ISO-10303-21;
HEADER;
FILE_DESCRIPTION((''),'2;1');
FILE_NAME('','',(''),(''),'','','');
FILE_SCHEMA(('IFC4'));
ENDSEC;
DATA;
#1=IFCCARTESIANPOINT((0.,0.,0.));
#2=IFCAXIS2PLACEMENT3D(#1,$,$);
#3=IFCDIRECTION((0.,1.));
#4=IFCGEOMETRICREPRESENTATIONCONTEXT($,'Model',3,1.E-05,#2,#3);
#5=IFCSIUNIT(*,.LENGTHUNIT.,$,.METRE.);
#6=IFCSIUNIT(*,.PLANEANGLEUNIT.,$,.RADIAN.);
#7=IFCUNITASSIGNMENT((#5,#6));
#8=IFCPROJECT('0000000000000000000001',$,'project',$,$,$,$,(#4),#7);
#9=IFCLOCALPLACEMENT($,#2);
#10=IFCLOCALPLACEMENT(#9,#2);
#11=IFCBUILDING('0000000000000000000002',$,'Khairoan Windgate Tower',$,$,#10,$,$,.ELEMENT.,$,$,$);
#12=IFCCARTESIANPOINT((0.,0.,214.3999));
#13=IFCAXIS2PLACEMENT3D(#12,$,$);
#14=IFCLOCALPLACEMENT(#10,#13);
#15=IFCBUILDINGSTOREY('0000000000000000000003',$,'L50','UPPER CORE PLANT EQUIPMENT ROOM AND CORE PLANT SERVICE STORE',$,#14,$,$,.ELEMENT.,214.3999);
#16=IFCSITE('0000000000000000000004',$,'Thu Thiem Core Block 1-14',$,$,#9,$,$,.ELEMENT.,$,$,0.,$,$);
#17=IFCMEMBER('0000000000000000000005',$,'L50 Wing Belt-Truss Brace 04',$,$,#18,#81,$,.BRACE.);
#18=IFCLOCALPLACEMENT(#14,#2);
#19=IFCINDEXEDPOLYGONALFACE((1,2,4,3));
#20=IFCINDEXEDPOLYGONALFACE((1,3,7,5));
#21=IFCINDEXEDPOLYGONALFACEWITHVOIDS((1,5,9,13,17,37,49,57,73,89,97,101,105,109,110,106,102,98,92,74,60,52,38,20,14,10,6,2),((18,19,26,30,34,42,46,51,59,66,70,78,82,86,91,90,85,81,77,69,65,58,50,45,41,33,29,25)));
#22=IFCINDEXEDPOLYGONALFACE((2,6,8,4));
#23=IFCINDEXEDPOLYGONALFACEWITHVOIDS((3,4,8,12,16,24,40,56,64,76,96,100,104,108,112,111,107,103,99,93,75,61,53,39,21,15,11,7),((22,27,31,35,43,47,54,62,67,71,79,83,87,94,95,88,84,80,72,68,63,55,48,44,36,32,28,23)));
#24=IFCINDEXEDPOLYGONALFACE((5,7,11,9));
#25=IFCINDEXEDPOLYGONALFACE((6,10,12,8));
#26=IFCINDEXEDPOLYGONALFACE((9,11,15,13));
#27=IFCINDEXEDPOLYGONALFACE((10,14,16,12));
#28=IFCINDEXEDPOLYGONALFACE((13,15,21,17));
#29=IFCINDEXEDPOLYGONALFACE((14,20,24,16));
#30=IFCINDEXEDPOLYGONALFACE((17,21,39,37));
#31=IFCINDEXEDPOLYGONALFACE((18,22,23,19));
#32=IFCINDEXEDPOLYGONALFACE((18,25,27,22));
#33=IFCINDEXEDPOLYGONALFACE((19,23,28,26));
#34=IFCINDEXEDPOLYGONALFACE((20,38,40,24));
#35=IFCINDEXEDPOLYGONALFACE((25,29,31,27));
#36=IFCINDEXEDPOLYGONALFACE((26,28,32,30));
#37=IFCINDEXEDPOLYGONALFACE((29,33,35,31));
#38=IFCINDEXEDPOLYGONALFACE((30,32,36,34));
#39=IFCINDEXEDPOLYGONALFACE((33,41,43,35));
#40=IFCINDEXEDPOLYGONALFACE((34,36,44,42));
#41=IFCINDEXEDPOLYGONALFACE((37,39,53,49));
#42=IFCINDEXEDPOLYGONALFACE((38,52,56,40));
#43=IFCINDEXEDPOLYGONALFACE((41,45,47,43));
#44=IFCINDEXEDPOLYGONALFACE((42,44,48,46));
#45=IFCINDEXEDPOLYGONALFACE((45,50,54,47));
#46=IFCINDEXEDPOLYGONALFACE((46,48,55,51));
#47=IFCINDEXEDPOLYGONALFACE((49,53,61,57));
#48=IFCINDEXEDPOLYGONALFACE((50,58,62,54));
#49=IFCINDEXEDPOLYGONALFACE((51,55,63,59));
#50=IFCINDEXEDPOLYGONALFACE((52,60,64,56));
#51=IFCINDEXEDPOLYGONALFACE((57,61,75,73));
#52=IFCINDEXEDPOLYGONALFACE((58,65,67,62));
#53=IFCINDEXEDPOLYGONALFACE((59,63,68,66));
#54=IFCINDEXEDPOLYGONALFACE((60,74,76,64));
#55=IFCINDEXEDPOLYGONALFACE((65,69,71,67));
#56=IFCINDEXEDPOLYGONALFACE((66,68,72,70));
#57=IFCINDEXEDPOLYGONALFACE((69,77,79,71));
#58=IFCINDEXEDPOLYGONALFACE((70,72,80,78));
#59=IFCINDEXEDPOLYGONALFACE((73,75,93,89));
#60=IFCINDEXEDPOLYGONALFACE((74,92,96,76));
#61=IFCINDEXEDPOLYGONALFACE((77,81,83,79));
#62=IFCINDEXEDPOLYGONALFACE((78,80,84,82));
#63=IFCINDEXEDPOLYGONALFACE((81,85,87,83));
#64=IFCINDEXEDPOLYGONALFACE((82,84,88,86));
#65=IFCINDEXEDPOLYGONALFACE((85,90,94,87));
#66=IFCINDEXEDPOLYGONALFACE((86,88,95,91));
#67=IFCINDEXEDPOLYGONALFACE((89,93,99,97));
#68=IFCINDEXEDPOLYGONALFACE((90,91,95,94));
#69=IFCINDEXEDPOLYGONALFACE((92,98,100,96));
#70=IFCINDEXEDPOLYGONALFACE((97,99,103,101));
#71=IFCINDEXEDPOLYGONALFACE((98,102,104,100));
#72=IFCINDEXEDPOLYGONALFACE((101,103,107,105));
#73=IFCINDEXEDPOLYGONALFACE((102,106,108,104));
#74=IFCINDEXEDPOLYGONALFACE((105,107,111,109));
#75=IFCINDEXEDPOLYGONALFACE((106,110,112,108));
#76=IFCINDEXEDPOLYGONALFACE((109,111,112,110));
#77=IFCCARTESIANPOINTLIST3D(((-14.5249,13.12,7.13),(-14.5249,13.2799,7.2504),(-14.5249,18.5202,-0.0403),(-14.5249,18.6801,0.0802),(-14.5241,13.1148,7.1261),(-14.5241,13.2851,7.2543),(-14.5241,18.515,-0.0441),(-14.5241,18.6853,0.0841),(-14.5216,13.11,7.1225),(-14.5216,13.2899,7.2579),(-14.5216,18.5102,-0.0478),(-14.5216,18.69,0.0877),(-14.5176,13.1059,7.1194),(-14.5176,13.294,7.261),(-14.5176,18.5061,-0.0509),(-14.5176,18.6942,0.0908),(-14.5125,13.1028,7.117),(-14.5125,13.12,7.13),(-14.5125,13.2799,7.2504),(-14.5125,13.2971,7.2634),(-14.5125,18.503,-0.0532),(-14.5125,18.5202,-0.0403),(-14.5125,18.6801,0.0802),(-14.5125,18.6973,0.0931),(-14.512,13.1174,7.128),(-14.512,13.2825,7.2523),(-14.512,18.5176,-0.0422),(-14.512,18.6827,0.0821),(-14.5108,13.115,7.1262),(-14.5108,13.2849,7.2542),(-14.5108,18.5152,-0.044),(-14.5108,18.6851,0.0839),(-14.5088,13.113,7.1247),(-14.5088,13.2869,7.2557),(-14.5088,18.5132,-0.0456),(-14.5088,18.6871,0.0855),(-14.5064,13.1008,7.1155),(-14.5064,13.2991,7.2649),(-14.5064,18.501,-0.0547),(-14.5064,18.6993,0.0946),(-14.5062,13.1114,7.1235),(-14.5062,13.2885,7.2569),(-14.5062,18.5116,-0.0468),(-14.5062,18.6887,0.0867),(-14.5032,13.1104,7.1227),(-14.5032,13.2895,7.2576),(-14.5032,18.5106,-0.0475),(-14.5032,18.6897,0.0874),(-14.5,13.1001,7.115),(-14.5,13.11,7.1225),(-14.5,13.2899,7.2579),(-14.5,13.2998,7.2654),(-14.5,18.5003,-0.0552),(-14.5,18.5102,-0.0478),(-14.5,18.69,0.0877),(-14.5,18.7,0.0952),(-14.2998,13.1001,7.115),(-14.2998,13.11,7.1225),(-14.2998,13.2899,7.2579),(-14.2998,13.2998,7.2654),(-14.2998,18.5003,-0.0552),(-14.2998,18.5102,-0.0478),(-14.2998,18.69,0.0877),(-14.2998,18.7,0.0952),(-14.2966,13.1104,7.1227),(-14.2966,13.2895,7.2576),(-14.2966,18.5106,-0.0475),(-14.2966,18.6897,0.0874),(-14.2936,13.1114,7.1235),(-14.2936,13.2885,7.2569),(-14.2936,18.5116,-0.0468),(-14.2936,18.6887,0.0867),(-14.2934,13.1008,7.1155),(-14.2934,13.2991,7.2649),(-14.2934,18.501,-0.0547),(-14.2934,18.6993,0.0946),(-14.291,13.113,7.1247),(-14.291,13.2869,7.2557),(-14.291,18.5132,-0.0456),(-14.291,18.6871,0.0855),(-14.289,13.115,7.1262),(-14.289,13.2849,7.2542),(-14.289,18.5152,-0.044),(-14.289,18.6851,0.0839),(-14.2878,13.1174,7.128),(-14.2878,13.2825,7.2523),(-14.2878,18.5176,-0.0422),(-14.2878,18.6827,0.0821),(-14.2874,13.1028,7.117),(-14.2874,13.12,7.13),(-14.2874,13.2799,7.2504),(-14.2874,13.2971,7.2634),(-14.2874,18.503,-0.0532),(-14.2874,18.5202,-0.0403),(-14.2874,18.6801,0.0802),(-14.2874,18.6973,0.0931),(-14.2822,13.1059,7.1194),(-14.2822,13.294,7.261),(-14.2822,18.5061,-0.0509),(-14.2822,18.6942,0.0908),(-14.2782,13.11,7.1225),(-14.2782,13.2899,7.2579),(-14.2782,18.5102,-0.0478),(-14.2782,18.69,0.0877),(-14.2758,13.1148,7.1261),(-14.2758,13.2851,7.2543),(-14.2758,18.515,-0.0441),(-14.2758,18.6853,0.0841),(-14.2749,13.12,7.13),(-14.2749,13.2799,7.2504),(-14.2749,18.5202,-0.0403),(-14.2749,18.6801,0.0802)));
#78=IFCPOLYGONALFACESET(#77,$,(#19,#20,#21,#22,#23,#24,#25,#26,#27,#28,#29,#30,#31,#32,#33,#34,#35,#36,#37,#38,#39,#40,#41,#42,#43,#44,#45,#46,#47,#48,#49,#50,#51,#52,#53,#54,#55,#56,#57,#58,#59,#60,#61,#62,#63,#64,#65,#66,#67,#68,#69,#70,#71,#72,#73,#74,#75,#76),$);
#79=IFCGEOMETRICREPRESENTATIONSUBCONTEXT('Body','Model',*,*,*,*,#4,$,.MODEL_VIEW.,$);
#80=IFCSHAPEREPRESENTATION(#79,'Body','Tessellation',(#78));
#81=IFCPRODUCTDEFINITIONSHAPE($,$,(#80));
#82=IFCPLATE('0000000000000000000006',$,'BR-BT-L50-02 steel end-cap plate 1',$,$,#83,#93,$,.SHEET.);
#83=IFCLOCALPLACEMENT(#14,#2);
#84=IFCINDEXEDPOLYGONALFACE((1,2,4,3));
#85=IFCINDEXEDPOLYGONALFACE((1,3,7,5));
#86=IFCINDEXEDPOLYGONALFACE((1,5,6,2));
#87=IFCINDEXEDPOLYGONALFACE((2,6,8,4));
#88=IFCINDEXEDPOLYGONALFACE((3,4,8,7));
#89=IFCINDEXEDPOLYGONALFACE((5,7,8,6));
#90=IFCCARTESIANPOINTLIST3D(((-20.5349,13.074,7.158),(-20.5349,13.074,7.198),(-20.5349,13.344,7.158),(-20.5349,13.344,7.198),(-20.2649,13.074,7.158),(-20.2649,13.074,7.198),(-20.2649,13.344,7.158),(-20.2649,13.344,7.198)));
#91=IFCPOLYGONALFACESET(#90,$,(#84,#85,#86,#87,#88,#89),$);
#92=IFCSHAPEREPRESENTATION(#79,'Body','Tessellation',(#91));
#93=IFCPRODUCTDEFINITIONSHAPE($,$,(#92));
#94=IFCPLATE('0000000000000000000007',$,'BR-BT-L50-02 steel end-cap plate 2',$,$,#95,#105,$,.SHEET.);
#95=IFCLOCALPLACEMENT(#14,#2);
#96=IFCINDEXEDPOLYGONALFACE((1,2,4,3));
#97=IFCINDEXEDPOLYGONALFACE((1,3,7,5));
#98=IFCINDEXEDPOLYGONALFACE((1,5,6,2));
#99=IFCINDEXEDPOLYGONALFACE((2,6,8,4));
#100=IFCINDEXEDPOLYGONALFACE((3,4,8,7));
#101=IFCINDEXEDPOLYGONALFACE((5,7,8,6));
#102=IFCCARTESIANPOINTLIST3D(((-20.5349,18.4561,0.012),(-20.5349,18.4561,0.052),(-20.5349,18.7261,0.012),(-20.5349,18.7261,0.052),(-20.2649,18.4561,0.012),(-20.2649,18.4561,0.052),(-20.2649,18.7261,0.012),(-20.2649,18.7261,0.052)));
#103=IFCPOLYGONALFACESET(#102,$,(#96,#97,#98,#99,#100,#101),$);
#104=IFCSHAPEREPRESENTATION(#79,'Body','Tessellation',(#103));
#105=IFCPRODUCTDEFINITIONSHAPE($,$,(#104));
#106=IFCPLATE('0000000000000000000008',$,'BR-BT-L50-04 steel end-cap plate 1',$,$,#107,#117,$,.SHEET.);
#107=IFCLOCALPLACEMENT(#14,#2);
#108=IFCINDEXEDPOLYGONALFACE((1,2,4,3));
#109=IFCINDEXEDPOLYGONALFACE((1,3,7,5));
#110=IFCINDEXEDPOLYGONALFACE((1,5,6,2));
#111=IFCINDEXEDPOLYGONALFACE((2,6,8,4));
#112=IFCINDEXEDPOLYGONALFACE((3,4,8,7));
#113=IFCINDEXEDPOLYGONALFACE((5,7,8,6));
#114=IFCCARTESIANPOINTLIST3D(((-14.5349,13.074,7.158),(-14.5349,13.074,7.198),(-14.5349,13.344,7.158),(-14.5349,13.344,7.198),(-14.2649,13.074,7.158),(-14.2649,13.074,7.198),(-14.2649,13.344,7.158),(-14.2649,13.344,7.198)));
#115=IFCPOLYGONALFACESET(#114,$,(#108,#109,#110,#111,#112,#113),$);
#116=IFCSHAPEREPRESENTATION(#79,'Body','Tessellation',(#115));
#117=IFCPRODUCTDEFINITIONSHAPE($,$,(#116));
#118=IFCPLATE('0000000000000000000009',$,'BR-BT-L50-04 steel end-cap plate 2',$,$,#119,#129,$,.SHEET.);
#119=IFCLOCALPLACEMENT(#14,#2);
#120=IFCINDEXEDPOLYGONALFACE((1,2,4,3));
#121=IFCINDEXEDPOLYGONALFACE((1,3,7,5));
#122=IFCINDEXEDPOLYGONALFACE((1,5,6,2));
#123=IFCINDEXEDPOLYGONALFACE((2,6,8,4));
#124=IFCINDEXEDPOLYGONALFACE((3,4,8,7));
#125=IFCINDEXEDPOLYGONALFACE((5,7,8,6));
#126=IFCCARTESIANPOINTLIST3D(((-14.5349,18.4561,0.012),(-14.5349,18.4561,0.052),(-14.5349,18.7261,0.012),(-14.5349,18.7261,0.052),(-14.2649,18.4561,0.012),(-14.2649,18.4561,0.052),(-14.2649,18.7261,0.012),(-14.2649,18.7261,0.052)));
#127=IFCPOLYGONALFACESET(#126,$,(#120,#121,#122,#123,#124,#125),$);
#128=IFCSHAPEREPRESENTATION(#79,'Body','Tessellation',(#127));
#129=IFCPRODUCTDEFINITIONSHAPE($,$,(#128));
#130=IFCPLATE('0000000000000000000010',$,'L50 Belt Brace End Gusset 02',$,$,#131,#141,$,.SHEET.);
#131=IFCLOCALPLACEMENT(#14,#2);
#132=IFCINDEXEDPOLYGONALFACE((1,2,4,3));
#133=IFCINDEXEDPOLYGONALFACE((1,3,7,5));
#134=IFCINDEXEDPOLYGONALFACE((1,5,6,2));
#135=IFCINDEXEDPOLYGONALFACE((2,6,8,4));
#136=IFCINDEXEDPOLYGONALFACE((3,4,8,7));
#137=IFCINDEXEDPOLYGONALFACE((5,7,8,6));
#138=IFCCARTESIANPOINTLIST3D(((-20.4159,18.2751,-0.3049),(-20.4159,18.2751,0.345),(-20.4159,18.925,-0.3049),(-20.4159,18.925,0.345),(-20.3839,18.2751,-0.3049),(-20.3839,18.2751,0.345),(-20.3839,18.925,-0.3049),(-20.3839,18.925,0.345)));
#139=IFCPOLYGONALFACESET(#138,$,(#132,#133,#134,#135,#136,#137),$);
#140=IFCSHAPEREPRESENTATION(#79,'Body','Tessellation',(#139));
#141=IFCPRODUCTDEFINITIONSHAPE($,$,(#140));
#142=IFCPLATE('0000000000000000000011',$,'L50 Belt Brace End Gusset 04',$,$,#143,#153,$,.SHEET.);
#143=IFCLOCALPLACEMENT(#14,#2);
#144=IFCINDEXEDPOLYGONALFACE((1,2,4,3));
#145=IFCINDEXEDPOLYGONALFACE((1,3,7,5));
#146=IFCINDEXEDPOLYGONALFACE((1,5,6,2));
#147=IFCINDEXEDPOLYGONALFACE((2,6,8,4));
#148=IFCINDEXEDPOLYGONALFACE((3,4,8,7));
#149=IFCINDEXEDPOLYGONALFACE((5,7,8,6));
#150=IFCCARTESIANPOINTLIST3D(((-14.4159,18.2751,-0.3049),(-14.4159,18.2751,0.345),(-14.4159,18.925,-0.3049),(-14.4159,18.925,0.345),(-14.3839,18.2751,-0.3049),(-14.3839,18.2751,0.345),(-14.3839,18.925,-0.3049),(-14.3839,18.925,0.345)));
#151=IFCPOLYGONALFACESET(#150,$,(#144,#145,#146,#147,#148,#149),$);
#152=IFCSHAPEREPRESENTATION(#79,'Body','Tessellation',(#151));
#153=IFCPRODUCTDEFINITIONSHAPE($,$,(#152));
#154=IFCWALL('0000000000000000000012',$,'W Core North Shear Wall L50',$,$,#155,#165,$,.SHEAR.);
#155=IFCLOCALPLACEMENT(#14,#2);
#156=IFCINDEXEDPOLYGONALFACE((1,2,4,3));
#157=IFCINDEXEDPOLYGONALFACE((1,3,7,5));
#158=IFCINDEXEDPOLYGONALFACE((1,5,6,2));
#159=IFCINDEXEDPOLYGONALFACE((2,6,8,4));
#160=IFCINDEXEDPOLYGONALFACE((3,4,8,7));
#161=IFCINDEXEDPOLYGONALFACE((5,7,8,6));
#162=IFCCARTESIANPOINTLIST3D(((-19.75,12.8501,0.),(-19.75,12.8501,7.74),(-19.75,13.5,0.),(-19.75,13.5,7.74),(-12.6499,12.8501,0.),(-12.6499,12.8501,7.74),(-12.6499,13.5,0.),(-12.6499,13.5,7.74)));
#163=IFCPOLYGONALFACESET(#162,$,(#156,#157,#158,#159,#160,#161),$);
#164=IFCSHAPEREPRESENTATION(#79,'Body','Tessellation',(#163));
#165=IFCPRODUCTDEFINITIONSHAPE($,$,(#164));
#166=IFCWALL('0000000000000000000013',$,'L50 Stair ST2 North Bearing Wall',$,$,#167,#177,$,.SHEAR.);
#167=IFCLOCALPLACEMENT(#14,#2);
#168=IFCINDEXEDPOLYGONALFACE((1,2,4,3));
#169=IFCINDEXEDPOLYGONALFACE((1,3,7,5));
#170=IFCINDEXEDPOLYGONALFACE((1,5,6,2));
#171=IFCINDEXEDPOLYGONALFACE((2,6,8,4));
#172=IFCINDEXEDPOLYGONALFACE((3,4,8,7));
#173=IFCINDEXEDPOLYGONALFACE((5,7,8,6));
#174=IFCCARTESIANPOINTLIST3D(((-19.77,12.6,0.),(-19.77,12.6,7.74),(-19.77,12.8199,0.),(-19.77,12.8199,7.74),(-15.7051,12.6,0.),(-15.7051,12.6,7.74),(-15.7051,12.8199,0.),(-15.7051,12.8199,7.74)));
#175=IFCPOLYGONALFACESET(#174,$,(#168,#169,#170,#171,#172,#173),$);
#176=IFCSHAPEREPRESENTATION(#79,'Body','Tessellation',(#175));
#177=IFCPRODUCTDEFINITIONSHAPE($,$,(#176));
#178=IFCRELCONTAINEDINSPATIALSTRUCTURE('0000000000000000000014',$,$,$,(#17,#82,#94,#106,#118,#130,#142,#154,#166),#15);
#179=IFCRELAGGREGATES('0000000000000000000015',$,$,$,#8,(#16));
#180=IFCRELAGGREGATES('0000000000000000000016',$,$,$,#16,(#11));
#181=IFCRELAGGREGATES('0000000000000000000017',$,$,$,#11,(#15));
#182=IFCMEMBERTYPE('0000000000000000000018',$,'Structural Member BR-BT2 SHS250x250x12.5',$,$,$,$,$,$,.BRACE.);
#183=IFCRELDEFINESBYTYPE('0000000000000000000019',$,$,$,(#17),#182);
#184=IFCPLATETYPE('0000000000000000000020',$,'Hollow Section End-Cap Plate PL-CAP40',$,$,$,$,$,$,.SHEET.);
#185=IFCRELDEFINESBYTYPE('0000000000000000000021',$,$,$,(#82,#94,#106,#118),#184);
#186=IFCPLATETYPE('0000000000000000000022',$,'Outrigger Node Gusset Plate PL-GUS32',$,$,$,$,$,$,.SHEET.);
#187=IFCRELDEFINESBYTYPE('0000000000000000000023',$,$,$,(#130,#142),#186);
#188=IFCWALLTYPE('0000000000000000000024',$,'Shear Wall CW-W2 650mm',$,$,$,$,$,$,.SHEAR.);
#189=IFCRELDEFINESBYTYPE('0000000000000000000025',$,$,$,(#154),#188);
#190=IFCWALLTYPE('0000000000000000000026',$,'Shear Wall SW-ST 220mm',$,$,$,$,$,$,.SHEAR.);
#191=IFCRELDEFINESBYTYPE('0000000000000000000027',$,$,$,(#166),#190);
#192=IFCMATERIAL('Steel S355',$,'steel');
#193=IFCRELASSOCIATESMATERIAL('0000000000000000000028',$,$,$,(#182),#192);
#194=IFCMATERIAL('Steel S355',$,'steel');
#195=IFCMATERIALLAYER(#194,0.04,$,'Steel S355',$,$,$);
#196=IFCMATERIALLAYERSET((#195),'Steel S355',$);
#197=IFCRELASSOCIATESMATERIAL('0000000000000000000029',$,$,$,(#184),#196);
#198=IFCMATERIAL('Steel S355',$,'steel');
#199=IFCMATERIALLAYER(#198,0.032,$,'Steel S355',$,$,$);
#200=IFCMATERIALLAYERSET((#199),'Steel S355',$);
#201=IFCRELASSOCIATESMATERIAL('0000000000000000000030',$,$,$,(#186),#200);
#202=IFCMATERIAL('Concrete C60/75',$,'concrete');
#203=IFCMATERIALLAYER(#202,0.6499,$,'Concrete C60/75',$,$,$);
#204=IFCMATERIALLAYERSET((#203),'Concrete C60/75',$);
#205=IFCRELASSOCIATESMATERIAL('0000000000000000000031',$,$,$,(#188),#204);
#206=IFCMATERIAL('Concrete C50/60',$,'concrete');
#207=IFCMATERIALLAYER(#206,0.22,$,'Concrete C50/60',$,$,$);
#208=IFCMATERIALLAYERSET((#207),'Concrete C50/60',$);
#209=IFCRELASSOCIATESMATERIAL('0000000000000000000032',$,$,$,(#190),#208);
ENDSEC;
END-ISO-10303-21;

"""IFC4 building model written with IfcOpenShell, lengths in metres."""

from ifc_helpers import new_model, si_unit, direction, frame, frame_2d, origin, origin_2d, place, context, subcontext, project, spatial, rectangle, hollow_rectangle, extrude, material, layer, layer_set, material_profile, profile_set, type_object, element, save


model = new_model("IFC4")

# Units and contexts
model_context = context("Model", 3, precision=1e-05, world=origin(), true_north=direction((0.0, 1.0)))
body_context = subcontext(model_context, "Body", "Model", "MODEL_VIEW")
ifc_project = project(units=[si_unit("LENGTHUNIT", "METRE"), si_unit("PLANEANGLEUNIT", "RADIAN")], contexts=[model_context])

# Site, building, storey
site_placement = place(None, origin())
site = spatial("IfcSite", under=ifc_project, at=site_placement, Name="Thu Thiem Core Block 1-14", CompositionType="ELEMENT", RefElevation=0.0)
building_placement = place(site_placement, origin())
building = spatial("IfcBuilding", under=site, at=building_placement, Name="Khairoan Windgate Tower", CompositionType="ELEMENT")
storey_placement = place(building_placement, frame((0.0, 0.0, 214.3999)))
storey = spatial("IfcBuildingStorey", under=building, at=storey_placement, Name="L50", Description="UPPER CORE PLANT EQUIPMENT ROOM AND CORE PLANT SERVICE STORE", CompositionType="ELEMENT", Elevation=214.3999)

# Member
ifc_material_1 = material(Name="Steel S355", Category="steel")
ifc_material_profile_1 = material_profile(ifc_material_1, hollow_rectangle(XDim=0.25, YDim=0.25, WallThickness=0.0125, InnerFilletRadius=0.0125, OuterFilletRadius=0.0249, at=origin_2d()))
ifc_profile_set_1 = profile_set([ifc_material_profile_1], Name="Steel S355")
member_type = type_object("IfcMemberType", Name="Structural Member BR-BT2 SHS250x250x12.5", PredefinedType="BRACE", material=ifc_profile_set_1)
for number, where, z_axis, x_axis, name in (
    (1, (-14.3999, 13.2, 7.1902), (0.0, 0.601605, -0.798794), (0.0, 0.798794, 0.601605), "L50 Wing Belt-Truss Brace 04"),
):
    element("IfcMember", number, at=place(storey_placement, frame(where, z_axis=z_axis, x_axis=x_axis)), inside=storey, type_object=member_type, Name=name, PredefinedType="BRACE", context=body_context, shape_type="SweptSolid", body=[
        extrude(hollow_rectangle(XDim=0.25, YDim=0.25, WallThickness=0.0125, InnerFilletRadius=0.0125, OuterFilletRadius=0.0249, at=origin_2d()), origin(), (0.0, 0.0, 1.0), 8.9763),
    ])

# Plates
ifc_material_2 = material(Name="Steel S355", Category="steel")
ifc_layer_1 = layer(ifc_material_2, 0.04, Name="Steel S355")
ifc_layer_set_1 = layer_set([ifc_layer_1], Name="Steel S355")
plate_type_1 = type_object("IfcPlateType", Name="Hollow Section End-Cap Plate PL-CAP40", PredefinedType="SHEET", material=ifc_layer_set_1)
for number, where, z_axis, x_axis, name in (
    (2, (-20.3999, 13.209, 7.158), (0.0, 0.0, 1.0), (0.0, 1.0, 0.0), "BR-BT-L50-02 steel end-cap plate 1"),
    (3, (-20.3999, 18.5911, 0.012), (0.0, 0.0, 1.0), (0.0, 1.0, 0.0), "BR-BT-L50-02 steel end-cap plate 2"),
    (4, (-14.3999, 13.209, 7.158), (0.0, 0.0, 1.0), (0.0, 1.0, 0.0), "BR-BT-L50-04 steel end-cap plate 1"),
    (5, (-14.3999, 18.5911, 0.012), (0.0, 0.0, 1.0), (0.0, 1.0, 0.0), "BR-BT-L50-04 steel end-cap plate 2"),
):
    element("IfcPlate", number, at=place(storey_placement, frame(where, z_axis=z_axis, x_axis=x_axis)), inside=storey, type_object=plate_type_1, Name=name, PredefinedType="SHEET", context=body_context, shape_type="SweptSolid", body=[
        extrude(rectangle(XDim=0.27, YDim=0.27, at=origin_2d()), origin(), (0.0, 0.0, 1.0), 0.04),
    ])
ifc_material_3 = material(Name="Steel S355", Category="steel")
ifc_layer_2 = layer(ifc_material_3, 0.032, Name="Steel S355")
ifc_layer_set_2 = layer_set([ifc_layer_2], Name="Steel S355")
plate_type_2 = type_object("IfcPlateType", Name="Outrigger Node Gusset Plate PL-GUS32", PredefinedType="SHEET", material=ifc_layer_set_2)
for number, where, z_axis, x_axis, name in (
    (6, (-20.3999, 18.6001, -0.3049), (0.0, 0.0, 1.0), (1.0, 0.0, 0.0), "L50 Belt Brace End Gusset 02"),
    (7, (-14.3999, 18.6001, -0.3049), (0.0, 0.0, 1.0), (1.0, 0.0, 0.0), "L50 Belt Brace End Gusset 04"),
):
    element("IfcPlate", number, at=place(storey_placement, frame(where, z_axis=z_axis, x_axis=x_axis)), inside=storey, type_object=plate_type_2, Name=name, PredefinedType="SHEET", context=body_context, shape_type="SweptSolid", body=[
        extrude(rectangle(XDim=0.032, YDim=0.6499, at=origin_2d()), origin(), (0.0, 0.0, 1.0), 0.6499),
    ])

# Walls
ifc_material_4 = material(Name="Concrete C60/75", Category="concrete")
ifc_layer_3 = layer(ifc_material_4, 0.6499, Name="Concrete C60/75")
ifc_layer_set_3 = layer_set([ifc_layer_3], Name="Concrete C60/75")
wall_type_1 = type_object("IfcWallType", Name="Shear Wall CW-W2 650mm", PredefinedType="SHEAR", material=ifc_layer_set_3)
wall_1_placement = place(storey_placement, frame((-19.75, 13.175, 0.0), z_axis=(0.0, 0.0, 1.0), x_axis=(1.0, 0.0, 0.0)))
element("IfcWall", 8, at=wall_1_placement, inside=storey, type_object=wall_type_1, Name="W Core North Shear Wall L50", PredefinedType="SHEAR", context=body_context, shape_type="SweptSolid", body=[
    extrude(rectangle(XDim=7.1001, YDim=0.6499, at=frame_2d((3.55, 0.0))), origin(), (0.0, 0.0, 1.0), 7.74),
])
ifc_material_5 = material(Name="Concrete C50/60", Category="concrete")
ifc_layer_4 = layer(ifc_material_5, 0.22, Name="Concrete C50/60")
ifc_layer_set_4 = layer_set([ifc_layer_4], Name="Concrete C50/60")
wall_type_2 = type_object("IfcWallType", Name="Shear Wall SW-ST 220mm", PredefinedType="SHEAR", material=ifc_layer_set_4)
wall_2_placement = place(storey_placement, frame((-19.77, 12.71, 0.0), z_axis=(0.0, 0.0, 1.0), x_axis=(1.0, 0.0, 0.0)))
element("IfcWall", 9, at=wall_2_placement, inside=storey, type_object=wall_type_2, Name="L50 Stair ST2 North Bearing Wall", PredefinedType="SHEAR", context=body_context, shape_type="SweptSolid", body=[
    extrude(rectangle(XDim=4.0649, YDim=0.22, at=frame_2d((2.0325, 0.0))), origin(), (0.0, 0.0, 1.0), 7.74),
])

save(model, "model.ifc")
